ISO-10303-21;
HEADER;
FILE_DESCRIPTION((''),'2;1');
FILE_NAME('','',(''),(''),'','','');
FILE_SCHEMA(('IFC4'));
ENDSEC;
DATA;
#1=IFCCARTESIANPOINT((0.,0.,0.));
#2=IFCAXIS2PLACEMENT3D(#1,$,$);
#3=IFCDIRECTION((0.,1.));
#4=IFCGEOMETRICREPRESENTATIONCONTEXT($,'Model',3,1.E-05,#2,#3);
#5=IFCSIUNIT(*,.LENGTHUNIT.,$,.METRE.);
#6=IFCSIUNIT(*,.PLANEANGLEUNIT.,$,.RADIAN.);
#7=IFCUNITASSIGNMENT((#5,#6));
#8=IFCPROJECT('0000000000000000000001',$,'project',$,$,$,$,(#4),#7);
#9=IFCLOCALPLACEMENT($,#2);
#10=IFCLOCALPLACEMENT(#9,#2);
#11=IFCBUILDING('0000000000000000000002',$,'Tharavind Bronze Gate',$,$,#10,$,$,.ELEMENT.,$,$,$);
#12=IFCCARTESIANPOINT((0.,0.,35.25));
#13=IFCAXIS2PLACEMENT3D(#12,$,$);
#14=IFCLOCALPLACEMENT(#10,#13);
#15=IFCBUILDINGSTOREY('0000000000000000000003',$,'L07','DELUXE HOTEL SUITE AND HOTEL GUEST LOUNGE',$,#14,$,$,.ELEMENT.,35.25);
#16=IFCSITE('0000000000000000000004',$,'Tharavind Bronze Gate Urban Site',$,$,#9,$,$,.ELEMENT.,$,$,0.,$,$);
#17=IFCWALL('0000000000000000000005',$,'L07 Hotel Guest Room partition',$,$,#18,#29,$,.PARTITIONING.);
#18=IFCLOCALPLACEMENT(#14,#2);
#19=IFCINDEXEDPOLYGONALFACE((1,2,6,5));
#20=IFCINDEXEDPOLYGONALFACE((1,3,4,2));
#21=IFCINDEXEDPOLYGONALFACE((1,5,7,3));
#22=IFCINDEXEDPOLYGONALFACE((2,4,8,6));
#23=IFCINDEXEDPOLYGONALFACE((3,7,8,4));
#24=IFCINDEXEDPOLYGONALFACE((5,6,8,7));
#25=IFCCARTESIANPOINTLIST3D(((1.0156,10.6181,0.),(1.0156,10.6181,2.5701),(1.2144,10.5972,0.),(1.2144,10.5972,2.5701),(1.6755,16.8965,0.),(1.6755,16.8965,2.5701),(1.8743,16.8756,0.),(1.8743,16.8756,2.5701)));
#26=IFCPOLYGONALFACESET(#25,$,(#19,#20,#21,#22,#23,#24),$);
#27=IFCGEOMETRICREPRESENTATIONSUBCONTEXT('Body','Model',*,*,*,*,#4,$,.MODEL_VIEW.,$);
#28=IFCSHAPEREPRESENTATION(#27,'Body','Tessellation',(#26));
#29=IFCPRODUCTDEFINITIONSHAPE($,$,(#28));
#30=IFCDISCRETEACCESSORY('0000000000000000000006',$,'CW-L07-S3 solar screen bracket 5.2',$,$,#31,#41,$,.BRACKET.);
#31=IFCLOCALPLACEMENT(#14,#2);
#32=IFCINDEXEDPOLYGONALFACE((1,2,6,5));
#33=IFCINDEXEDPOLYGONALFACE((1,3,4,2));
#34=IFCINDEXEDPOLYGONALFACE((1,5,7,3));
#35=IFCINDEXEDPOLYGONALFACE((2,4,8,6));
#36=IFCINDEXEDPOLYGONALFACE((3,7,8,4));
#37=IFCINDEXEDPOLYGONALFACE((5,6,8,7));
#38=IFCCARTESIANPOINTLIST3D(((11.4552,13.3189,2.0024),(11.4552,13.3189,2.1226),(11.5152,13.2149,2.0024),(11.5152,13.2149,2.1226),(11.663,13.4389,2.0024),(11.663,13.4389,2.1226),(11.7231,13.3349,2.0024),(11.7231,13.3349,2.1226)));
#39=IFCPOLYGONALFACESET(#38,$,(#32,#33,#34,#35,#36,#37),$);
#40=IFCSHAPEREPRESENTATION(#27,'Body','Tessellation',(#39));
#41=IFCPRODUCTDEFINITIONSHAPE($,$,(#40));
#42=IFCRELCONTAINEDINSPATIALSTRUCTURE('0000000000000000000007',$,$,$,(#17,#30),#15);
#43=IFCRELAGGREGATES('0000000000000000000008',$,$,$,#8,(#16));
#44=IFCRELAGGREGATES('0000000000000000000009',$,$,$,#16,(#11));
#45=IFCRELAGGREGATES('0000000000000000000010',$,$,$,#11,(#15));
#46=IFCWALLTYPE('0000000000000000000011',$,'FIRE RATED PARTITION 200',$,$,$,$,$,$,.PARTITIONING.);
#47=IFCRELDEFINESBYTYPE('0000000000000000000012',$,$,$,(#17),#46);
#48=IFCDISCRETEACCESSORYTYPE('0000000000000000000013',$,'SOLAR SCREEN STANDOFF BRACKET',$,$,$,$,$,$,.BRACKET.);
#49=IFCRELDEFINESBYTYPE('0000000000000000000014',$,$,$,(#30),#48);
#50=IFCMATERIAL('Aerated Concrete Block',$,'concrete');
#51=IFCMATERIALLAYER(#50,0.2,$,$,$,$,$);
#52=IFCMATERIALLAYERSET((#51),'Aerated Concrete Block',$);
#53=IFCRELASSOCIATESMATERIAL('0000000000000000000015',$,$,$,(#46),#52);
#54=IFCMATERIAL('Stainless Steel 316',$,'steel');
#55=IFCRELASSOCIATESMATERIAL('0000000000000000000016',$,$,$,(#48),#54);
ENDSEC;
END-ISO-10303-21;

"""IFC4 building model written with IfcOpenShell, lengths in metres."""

from ifc_helpers import new_model, si_unit, direction, frame, frame_2d, origin, origin_2d, place, context, subcontext, project, spatial, rectangle, extrude, material, layer, layer_set, type_object, element, save


model = new_model("IFC4")

# Units and contexts
model_context = context("Model", 3, precision=1e-05, world=origin(), true_north=direction((0.0, 1.0)))
body_context = subcontext(model_context, "Body", "Model", "MODEL_VIEW")
ifc_project = project(units=[si_unit("LENGTHUNIT", "METRE"), si_unit("PLANEANGLEUNIT", "RADIAN")], contexts=[model_context])

# Site, building, storey
site_placement = place(None, origin())
site = spatial("IfcSite", under=ifc_project, at=site_placement, Name="Tharavind Bronze Gate Urban Site", CompositionType="ELEMENT", RefElevation=0.0)
building_placement = place(site_placement, origin())
building = spatial("IfcBuilding", under=site, at=building_placement, Name="Tharavind Bronze Gate", CompositionType="ELEMENT")
storey_placement = place(building_placement, frame((0.0, 0.0, 35.25)))
storey = spatial("IfcBuildingStorey", under=building, at=storey_placement, Name="L07", Description="DELUXE HOTEL SUITE AND HOTEL GUEST LOUNGE", CompositionType="ELEMENT", Elevation=35.25)

# Shared definitions
ifc_material_1 = material(Name="Aerated Concrete Block", Category="concrete")
ifc_layer_1 = layer(ifc_material_1, 0.2)
ifc_layer_set_1 = layer_set([ifc_layer_1], Name="Aerated Concrete Block")
wall_type = type_object("IfcWallType", Name="FIRE RATED PARTITION 200", PredefinedType="PARTITIONING", material=ifc_layer_set_1)

# Wall
wall_1_placement = place(storey_placement, frame((1.115, 10.6077, 0.0), z_axis=(0.0, 0.0, 1.0), x_axis=(0.104534, 0.994521, 0.0)))
element("IfcWall", 1, at=wall_1_placement, inside=storey, type_object=wall_type, Name="L07 Hotel Guest Room partition", PredefinedType="PARTITIONING", context=body_context, shape_type="SweptSolid", body=[
    extrude(rectangle(XDim=6.313, YDim=0.2, at=frame_2d((3.1565, 0.0))), origin(), (0.0, 0.0, 1.0), 2.5701),
])

# Discrete accessory
ifc_material_2 = material(Name="Stainless Steel 316", Category="steel")
discrete_accessory_type = type_object("IfcDiscreteAccessoryType", Name="SOLAR SCREEN STANDOFF BRACKET", PredefinedType="BRACKET", material=ifc_material_2)
discrete_accessory_placement = place(storey_placement, frame((11.5891, 13.3269, 2.0024), z_axis=(0.0, 0.0, 1.0), x_axis=(-0.500002, 0.866025, 0.0)))
element("IfcDiscreteAccessory", 2, at=discrete_accessory_placement, inside=storey, type_object=discrete_accessory_type, Name="CW-L07-S3 solar screen bracket 5.2", PredefinedType="BRACKET", context=body_context, shape_type="SweptSolid", body=[
    extrude(rectangle(XDim=0.1201, YDim=0.24, at=origin_2d()), origin(), (0.0, 0.0, 1.0), 0.1201),
])

save(model, "model.ifc")
